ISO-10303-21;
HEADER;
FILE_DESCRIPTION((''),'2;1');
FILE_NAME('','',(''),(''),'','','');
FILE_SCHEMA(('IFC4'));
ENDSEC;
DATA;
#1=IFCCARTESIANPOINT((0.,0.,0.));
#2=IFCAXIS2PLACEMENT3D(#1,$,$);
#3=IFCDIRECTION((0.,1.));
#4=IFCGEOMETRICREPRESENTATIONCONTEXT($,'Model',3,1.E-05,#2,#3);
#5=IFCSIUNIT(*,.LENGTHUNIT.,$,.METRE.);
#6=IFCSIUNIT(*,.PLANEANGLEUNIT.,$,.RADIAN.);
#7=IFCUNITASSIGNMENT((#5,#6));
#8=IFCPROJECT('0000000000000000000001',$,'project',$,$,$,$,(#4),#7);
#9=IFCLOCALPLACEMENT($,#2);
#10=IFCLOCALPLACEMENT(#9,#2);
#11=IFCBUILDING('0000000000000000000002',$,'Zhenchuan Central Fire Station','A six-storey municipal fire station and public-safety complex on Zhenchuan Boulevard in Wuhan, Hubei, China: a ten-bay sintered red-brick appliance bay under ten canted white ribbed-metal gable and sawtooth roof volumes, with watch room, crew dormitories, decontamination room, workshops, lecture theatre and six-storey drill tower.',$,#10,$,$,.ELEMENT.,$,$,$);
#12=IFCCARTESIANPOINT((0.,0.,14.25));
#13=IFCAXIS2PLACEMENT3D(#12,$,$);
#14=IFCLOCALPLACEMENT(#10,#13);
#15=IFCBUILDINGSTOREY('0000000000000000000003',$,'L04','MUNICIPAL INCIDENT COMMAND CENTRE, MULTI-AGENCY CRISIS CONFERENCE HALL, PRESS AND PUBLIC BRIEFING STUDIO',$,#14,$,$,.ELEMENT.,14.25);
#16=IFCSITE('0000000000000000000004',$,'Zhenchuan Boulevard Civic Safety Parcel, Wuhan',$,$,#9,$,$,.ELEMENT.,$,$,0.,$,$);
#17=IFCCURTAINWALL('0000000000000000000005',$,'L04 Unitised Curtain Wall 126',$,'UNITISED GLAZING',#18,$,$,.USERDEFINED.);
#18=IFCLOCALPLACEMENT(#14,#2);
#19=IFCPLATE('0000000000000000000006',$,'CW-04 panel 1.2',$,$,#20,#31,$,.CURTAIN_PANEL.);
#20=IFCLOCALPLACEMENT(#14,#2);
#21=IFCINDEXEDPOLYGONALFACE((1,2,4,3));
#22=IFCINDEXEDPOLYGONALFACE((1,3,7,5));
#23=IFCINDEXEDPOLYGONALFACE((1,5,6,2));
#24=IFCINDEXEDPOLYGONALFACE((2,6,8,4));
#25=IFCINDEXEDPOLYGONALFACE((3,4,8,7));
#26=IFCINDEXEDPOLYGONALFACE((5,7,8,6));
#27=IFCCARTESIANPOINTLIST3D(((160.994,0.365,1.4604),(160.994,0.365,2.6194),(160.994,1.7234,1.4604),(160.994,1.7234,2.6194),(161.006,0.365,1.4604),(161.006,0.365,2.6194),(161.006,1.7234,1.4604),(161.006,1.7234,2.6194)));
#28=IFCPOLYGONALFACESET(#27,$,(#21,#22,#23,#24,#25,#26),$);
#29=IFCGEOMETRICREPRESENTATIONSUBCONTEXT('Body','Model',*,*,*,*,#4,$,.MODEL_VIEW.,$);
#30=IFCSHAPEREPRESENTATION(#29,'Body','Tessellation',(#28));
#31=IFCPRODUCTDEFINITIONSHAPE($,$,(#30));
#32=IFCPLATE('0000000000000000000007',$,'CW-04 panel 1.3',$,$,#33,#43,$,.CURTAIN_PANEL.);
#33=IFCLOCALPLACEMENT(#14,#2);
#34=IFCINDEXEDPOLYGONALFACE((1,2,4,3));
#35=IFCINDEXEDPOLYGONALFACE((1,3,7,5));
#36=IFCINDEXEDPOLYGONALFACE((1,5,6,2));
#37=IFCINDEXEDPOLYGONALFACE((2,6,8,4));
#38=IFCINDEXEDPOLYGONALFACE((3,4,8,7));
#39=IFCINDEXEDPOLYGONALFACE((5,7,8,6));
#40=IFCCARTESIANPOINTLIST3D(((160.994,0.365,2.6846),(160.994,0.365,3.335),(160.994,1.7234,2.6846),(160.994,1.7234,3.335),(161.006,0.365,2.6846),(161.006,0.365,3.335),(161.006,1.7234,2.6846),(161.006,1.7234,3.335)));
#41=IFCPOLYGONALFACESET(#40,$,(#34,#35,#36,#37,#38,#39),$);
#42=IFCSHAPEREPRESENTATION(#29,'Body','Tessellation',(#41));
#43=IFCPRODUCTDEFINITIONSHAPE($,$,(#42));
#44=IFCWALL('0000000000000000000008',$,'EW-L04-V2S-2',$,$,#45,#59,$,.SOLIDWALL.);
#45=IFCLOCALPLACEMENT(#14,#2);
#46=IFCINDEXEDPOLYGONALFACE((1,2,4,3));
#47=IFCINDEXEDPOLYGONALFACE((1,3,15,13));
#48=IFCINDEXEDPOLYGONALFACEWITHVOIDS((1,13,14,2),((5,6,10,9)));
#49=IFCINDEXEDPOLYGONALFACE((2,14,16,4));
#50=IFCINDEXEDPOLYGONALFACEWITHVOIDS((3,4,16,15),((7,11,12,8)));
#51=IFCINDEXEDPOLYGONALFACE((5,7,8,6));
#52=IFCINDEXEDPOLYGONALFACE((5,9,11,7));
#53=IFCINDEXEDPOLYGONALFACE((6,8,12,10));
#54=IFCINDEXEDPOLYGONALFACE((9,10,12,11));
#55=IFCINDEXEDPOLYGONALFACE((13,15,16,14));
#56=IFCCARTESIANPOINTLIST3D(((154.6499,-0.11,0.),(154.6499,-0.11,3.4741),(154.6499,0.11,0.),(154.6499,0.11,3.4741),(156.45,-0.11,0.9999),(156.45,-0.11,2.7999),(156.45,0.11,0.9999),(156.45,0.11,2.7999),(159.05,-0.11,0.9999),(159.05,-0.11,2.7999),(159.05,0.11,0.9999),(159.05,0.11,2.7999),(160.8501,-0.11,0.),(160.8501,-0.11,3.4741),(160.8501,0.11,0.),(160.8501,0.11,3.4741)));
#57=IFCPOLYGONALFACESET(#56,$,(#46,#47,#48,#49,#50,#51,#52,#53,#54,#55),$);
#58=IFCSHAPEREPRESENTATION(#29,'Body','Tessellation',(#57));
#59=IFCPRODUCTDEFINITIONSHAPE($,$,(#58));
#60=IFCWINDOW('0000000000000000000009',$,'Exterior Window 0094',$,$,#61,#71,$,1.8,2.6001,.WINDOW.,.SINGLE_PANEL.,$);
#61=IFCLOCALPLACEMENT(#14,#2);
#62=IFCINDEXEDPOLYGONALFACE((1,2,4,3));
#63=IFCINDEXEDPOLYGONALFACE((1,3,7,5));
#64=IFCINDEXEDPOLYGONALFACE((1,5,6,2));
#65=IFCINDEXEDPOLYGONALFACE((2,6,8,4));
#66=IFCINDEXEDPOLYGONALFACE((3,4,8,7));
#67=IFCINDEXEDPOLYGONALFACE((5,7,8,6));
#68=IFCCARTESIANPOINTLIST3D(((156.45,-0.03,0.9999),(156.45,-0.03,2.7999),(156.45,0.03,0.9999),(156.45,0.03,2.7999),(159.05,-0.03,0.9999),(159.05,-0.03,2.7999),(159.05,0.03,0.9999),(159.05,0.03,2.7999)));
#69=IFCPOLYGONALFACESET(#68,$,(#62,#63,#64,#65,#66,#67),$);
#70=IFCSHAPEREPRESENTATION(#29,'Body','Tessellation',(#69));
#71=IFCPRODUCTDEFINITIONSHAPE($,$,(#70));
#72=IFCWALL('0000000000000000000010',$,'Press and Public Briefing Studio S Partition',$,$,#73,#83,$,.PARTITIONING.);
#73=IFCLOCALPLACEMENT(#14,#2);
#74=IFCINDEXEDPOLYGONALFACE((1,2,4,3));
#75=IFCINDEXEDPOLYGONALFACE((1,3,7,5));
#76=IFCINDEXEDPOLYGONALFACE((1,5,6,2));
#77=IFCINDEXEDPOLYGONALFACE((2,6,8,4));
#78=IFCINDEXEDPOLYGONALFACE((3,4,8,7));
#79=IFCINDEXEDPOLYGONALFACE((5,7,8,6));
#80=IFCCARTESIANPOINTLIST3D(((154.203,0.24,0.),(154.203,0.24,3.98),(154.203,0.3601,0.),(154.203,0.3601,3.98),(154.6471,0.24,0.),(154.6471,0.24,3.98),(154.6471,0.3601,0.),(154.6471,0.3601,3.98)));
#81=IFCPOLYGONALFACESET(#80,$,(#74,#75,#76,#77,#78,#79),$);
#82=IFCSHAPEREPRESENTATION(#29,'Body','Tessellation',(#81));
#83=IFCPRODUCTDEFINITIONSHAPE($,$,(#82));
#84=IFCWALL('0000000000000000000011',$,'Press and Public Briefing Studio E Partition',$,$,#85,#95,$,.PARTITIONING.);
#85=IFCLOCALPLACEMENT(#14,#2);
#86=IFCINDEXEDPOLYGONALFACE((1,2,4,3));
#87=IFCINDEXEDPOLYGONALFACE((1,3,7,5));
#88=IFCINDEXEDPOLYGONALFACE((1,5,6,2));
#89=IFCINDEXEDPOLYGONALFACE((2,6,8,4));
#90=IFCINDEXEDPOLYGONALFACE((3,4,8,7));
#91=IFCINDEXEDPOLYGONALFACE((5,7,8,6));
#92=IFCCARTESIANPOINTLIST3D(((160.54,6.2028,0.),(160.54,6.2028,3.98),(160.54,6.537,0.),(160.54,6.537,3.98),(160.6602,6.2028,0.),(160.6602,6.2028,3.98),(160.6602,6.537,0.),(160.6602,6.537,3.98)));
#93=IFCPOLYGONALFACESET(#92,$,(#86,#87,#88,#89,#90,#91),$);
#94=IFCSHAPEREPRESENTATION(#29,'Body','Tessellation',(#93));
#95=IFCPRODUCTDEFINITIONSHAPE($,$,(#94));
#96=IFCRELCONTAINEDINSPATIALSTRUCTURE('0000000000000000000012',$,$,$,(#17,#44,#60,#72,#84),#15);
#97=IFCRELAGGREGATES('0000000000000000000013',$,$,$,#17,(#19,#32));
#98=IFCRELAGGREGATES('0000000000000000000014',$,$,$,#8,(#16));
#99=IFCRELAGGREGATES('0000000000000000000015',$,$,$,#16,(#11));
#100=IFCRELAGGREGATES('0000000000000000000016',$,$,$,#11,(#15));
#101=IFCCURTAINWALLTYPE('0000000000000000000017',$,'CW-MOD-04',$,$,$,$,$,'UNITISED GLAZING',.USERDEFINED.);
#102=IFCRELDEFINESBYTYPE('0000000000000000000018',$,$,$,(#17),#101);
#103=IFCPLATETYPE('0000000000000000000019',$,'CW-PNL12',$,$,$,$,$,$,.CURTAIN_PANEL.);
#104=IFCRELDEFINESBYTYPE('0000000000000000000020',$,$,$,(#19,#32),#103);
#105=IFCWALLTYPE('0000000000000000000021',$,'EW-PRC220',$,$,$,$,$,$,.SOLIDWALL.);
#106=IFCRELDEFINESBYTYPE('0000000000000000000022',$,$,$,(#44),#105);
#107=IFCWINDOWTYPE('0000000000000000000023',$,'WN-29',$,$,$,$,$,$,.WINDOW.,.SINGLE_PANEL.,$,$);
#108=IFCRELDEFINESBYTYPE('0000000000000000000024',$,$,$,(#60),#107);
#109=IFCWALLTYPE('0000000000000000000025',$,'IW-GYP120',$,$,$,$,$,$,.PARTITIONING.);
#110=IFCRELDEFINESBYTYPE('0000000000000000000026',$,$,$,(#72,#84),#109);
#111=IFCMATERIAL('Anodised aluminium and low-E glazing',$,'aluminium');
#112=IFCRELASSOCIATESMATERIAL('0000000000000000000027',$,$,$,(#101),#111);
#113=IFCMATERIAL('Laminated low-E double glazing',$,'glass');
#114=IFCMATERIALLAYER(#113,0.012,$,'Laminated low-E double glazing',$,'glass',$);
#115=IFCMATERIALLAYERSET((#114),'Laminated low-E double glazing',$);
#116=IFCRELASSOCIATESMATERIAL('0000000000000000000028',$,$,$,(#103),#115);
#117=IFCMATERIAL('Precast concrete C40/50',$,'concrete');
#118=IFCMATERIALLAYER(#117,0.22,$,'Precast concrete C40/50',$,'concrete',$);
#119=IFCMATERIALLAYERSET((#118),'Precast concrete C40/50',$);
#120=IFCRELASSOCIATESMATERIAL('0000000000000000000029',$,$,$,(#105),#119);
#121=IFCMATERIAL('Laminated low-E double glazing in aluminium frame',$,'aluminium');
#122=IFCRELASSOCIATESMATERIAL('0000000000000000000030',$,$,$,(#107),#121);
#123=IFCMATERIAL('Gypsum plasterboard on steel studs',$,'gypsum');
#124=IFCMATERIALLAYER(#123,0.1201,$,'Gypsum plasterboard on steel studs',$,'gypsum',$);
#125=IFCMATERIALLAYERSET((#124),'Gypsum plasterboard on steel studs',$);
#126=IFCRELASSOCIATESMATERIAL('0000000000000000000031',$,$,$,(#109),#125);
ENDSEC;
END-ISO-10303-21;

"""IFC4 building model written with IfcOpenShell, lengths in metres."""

from ifc_helpers import new_model, si_unit, direction, frame, frame_2d, origin, origin_2d, place, context, subcontext, project, spatial, rectangle, extrude, material, layer, layer_set, type_object, element, fill, aggregate, save


model = new_model("IFC4")

# Units and contexts
model_context = context("Model", 3, precision=1e-05, world=origin(), true_north=direction((0.0, 1.0)))
body_context = subcontext(model_context, "Body", "Model", "MODEL_VIEW")
ifc_project = project(units=[si_unit("LENGTHUNIT", "METRE"), si_unit("PLANEANGLEUNIT", "RADIAN")], contexts=[model_context])

# Site, building, storey
site_placement = place(None, origin())
site = spatial("IfcSite", under=ifc_project, at=site_placement, Name="Zhenchuan Boulevard Civic Safety Parcel, Wuhan", CompositionType="ELEMENT", RefElevation=0.0)
building_placement = place(site_placement, origin())
building = spatial("IfcBuilding", under=site, at=building_placement, Name="Zhenchuan Central Fire Station", Description="A six-storey municipal fire station and public-safety complex on Zhenchuan Boulevard in Wuhan, Hubei, China: a ten-bay sintered red-brick appliance bay under ten canted white ribbed-metal gable and sawtooth roof volumes, with watch room, crew dormitories, decontamination room, workshops, lecture theatre and six-storey drill tower.", CompositionType="ELEMENT")
storey_placement = place(building_placement, frame((0.0, 0.0, 14.25)))
storey = spatial("IfcBuildingStorey", under=building, at=storey_placement, Name="L04", Description="MUNICIPAL INCIDENT COMMAND CENTRE, MULTI-AGENCY CRISIS CONFERENCE HALL, PRESS AND PUBLIC BRIEFING STUDIO", CompositionType="ELEMENT", Elevation=14.25)

# Shared definitions
ifc_material_1 = material(Name="Anodised aluminium and low-E glazing", Category="aluminium")

# Curtain wall
curtain_wall_type_1 = type_object("IfcCurtainWallType", Name="CW-MOD-04", ElementType="UNITISED GLAZING", PredefinedType="USERDEFINED", material=ifc_material_1)
curtain_wall_1_placement = place(storey_placement, origin())
curtain_wall_1 = element("IfcCurtainWall", 1, at=curtain_wall_1_placement, inside=storey, type_object=curtain_wall_type_1, Name="L04 Unitised Curtain Wall 126", ObjectType="UNITISED GLAZING", PredefinedType="USERDEFINED")

# Plates
ifc_material_2 = material(Name="Laminated low-E double glazing", Category="glass")
ifc_layer_1 = layer(ifc_material_2, 0.012, Name="Laminated low-E double glazing", Category="glass")
ifc_layer_set_1 = layer_set([ifc_layer_1], Name="Laminated low-E double glazing")
plate_type = type_object("IfcPlateType", Name="CW-PNL12", PredefinedType="CURTAIN_PANEL", material=ifc_layer_set_1)
plate_1_placement = place(storey_placement, frame((161.0, 1.0442, 1.4604), z_axis=(0.0, 0.0, 1.0), x_axis=(0.0, 1.0, 0.0)))
plate_1 = element("IfcPlate", 2, at=plate_1_placement, type_object=plate_type, Name="CW-04 panel 1.2", PredefinedType="CURTAIN_PANEL", context=body_context, shape_type="SweptSolid", body=[
    extrude(rectangle(XDim=1.3584, YDim=0.012, at=origin_2d()), origin(), (0.0, 0.0, 1.0), 1.1589),
])
plate_2_placement = place(storey_placement, frame((161.0, 1.0442, 2.6846), z_axis=(0.0, 0.0, 1.0), x_axis=(0.0, 1.0, 0.0)))
plate_2 = element("IfcPlate", 3, at=plate_2_placement, type_object=plate_type, Name="CW-04 panel 1.3", PredefinedType="CURTAIN_PANEL", context=body_context, shape_type="SweptSolid", body=[
    extrude(rectangle(XDim=1.3584, YDim=0.012, at=origin_2d()), origin(), (0.0, 0.0, 1.0), 0.6504),
])
aggregate(curtain_wall_1, [plate_1, plate_2])

# Wall, opening, window
ifc_material_3 = material(Name="Precast concrete C40/50", Category="concrete")
ifc_layer_2 = layer(ifc_material_3, 0.22, Name="Precast concrete C40/50", Category="concrete")
ifc_layer_set_2 = layer_set([ifc_layer_2], Name="Precast concrete C40/50")
wall_type_1 = type_object("IfcWallType", Name="EW-PRC220", PredefinedType="SOLIDWALL", material=ifc_layer_set_2)
wall_1_placement = place(storey_placement, frame((154.6499, 0.0, 0.0), z_axis=(0.0, 0.0, 1.0), x_axis=(1.0, 0.0, 0.0)))
wall_1 = element("IfcWall", 4, at=wall_1_placement, inside=storey, type_object=wall_type_1, Name="EW-L04-V2S-2", PredefinedType="SOLIDWALL", context=body_context, shape_type="SweptSolid", body=[
    extrude(rectangle(XDim=6.2002, YDim=0.22, at=frame_2d((3.1001, 0.0))), origin(), (0.0, 0.0, 1.0), 3.4741),
])
opening_placement = place(wall_1_placement, frame((1.8, 0.0, 1.0)))
opening = element("IfcOpeningElement", 5, at=opening_placement, cuts=wall_1, PredefinedType="OPENING", context=body_context, shape_type="SweptSolid", body=[
    extrude(rectangle(XDim=2.6001, YDim=1.8, at=frame_2d((1.3, 0.8999))), frame((0.0, 0.1199, 0.0), z_axis=(0.0, -1.0, 0.0), x_axis=(1.0, 0.0, 0.0)), (0.0, 0.0, 1.0), 0.24),
])
ifc_material_4 = material(Name="Laminated low-E double glazing in aluminium frame", Category="aluminium")
window_type = type_object("IfcWindowType", Name="WN-29", PartitioningType="SINGLE_PANEL", PredefinedType="WINDOW", material=ifc_material_4)
window_placement = place(opening_placement, origin())
window = element("IfcWindow", 6, at=window_placement, inside=storey, type_object=window_type, Name="Exterior Window 0094", OverallHeight=1.8, OverallWidth=2.6001, PartitioningType="SINGLE_PANEL", PredefinedType="WINDOW", context=body_context, shape_type="SweptSolid", body=[
    extrude(rectangle(XDim=2.6001, YDim=1.8, at=frame_2d((1.3, 0.8999))), frame((0.0, 0.03, 0.0), z_axis=(0.0, -1.0, 0.0), x_axis=(1.0, 0.0, 0.0)), (0.0, 0.0, 1.0), 0.0601),
])
fill(opening, window)

# Walls
ifc_material_5 = material(Name="Gypsum plasterboard on steel studs", Category="gypsum")
ifc_layer_3 = layer(ifc_material_5, 0.1201, Name="Gypsum plasterboard on steel studs", Category="gypsum")
ifc_layer_set_3 = layer_set([ifc_layer_3], Name="Gypsum plasterboard on steel studs")
wall_type_2 = type_object("IfcWallType", Name="IW-GYP120", PredefinedType="PARTITIONING", material=ifc_layer_set_3)
wall_2_placement = place(storey_placement, frame((154.2029, 0.3, 0.0), z_axis=(0.0, 0.0, 1.0), x_axis=(1.0, 0.0, 0.0)))
element("IfcWall", 7, at=wall_2_placement, inside=storey, type_object=wall_type_2, Name="Press and Public Briefing Studio S Partition", PredefinedType="PARTITIONING", context=body_context, shape_type="SweptSolid", body=[
    extrude(rectangle(XDim=0.4441, YDim=0.1201, at=frame_2d((0.2222, 0.0))), origin(), (0.0, 0.0, 1.0), 3.98),
])
wall_3_placement = place(storey_placement, frame((160.6001, 6.2029, 0.0), z_axis=(0.0, 0.0, 1.0), x_axis=(0.0, 1.0, 0.0)))
element("IfcWall", 8, at=wall_3_placement, inside=storey, type_object=wall_type_2, Name="Press and Public Briefing Studio E Partition", PredefinedType="PARTITIONING", context=body_context, shape_type="SweptSolid", body=[
    extrude(rectangle(XDim=0.3342, YDim=0.1201, at=frame_2d((0.167, 0.0))), origin(), (0.0, 0.0, 1.0), 3.98),
])

save(model, "model.ifc")
